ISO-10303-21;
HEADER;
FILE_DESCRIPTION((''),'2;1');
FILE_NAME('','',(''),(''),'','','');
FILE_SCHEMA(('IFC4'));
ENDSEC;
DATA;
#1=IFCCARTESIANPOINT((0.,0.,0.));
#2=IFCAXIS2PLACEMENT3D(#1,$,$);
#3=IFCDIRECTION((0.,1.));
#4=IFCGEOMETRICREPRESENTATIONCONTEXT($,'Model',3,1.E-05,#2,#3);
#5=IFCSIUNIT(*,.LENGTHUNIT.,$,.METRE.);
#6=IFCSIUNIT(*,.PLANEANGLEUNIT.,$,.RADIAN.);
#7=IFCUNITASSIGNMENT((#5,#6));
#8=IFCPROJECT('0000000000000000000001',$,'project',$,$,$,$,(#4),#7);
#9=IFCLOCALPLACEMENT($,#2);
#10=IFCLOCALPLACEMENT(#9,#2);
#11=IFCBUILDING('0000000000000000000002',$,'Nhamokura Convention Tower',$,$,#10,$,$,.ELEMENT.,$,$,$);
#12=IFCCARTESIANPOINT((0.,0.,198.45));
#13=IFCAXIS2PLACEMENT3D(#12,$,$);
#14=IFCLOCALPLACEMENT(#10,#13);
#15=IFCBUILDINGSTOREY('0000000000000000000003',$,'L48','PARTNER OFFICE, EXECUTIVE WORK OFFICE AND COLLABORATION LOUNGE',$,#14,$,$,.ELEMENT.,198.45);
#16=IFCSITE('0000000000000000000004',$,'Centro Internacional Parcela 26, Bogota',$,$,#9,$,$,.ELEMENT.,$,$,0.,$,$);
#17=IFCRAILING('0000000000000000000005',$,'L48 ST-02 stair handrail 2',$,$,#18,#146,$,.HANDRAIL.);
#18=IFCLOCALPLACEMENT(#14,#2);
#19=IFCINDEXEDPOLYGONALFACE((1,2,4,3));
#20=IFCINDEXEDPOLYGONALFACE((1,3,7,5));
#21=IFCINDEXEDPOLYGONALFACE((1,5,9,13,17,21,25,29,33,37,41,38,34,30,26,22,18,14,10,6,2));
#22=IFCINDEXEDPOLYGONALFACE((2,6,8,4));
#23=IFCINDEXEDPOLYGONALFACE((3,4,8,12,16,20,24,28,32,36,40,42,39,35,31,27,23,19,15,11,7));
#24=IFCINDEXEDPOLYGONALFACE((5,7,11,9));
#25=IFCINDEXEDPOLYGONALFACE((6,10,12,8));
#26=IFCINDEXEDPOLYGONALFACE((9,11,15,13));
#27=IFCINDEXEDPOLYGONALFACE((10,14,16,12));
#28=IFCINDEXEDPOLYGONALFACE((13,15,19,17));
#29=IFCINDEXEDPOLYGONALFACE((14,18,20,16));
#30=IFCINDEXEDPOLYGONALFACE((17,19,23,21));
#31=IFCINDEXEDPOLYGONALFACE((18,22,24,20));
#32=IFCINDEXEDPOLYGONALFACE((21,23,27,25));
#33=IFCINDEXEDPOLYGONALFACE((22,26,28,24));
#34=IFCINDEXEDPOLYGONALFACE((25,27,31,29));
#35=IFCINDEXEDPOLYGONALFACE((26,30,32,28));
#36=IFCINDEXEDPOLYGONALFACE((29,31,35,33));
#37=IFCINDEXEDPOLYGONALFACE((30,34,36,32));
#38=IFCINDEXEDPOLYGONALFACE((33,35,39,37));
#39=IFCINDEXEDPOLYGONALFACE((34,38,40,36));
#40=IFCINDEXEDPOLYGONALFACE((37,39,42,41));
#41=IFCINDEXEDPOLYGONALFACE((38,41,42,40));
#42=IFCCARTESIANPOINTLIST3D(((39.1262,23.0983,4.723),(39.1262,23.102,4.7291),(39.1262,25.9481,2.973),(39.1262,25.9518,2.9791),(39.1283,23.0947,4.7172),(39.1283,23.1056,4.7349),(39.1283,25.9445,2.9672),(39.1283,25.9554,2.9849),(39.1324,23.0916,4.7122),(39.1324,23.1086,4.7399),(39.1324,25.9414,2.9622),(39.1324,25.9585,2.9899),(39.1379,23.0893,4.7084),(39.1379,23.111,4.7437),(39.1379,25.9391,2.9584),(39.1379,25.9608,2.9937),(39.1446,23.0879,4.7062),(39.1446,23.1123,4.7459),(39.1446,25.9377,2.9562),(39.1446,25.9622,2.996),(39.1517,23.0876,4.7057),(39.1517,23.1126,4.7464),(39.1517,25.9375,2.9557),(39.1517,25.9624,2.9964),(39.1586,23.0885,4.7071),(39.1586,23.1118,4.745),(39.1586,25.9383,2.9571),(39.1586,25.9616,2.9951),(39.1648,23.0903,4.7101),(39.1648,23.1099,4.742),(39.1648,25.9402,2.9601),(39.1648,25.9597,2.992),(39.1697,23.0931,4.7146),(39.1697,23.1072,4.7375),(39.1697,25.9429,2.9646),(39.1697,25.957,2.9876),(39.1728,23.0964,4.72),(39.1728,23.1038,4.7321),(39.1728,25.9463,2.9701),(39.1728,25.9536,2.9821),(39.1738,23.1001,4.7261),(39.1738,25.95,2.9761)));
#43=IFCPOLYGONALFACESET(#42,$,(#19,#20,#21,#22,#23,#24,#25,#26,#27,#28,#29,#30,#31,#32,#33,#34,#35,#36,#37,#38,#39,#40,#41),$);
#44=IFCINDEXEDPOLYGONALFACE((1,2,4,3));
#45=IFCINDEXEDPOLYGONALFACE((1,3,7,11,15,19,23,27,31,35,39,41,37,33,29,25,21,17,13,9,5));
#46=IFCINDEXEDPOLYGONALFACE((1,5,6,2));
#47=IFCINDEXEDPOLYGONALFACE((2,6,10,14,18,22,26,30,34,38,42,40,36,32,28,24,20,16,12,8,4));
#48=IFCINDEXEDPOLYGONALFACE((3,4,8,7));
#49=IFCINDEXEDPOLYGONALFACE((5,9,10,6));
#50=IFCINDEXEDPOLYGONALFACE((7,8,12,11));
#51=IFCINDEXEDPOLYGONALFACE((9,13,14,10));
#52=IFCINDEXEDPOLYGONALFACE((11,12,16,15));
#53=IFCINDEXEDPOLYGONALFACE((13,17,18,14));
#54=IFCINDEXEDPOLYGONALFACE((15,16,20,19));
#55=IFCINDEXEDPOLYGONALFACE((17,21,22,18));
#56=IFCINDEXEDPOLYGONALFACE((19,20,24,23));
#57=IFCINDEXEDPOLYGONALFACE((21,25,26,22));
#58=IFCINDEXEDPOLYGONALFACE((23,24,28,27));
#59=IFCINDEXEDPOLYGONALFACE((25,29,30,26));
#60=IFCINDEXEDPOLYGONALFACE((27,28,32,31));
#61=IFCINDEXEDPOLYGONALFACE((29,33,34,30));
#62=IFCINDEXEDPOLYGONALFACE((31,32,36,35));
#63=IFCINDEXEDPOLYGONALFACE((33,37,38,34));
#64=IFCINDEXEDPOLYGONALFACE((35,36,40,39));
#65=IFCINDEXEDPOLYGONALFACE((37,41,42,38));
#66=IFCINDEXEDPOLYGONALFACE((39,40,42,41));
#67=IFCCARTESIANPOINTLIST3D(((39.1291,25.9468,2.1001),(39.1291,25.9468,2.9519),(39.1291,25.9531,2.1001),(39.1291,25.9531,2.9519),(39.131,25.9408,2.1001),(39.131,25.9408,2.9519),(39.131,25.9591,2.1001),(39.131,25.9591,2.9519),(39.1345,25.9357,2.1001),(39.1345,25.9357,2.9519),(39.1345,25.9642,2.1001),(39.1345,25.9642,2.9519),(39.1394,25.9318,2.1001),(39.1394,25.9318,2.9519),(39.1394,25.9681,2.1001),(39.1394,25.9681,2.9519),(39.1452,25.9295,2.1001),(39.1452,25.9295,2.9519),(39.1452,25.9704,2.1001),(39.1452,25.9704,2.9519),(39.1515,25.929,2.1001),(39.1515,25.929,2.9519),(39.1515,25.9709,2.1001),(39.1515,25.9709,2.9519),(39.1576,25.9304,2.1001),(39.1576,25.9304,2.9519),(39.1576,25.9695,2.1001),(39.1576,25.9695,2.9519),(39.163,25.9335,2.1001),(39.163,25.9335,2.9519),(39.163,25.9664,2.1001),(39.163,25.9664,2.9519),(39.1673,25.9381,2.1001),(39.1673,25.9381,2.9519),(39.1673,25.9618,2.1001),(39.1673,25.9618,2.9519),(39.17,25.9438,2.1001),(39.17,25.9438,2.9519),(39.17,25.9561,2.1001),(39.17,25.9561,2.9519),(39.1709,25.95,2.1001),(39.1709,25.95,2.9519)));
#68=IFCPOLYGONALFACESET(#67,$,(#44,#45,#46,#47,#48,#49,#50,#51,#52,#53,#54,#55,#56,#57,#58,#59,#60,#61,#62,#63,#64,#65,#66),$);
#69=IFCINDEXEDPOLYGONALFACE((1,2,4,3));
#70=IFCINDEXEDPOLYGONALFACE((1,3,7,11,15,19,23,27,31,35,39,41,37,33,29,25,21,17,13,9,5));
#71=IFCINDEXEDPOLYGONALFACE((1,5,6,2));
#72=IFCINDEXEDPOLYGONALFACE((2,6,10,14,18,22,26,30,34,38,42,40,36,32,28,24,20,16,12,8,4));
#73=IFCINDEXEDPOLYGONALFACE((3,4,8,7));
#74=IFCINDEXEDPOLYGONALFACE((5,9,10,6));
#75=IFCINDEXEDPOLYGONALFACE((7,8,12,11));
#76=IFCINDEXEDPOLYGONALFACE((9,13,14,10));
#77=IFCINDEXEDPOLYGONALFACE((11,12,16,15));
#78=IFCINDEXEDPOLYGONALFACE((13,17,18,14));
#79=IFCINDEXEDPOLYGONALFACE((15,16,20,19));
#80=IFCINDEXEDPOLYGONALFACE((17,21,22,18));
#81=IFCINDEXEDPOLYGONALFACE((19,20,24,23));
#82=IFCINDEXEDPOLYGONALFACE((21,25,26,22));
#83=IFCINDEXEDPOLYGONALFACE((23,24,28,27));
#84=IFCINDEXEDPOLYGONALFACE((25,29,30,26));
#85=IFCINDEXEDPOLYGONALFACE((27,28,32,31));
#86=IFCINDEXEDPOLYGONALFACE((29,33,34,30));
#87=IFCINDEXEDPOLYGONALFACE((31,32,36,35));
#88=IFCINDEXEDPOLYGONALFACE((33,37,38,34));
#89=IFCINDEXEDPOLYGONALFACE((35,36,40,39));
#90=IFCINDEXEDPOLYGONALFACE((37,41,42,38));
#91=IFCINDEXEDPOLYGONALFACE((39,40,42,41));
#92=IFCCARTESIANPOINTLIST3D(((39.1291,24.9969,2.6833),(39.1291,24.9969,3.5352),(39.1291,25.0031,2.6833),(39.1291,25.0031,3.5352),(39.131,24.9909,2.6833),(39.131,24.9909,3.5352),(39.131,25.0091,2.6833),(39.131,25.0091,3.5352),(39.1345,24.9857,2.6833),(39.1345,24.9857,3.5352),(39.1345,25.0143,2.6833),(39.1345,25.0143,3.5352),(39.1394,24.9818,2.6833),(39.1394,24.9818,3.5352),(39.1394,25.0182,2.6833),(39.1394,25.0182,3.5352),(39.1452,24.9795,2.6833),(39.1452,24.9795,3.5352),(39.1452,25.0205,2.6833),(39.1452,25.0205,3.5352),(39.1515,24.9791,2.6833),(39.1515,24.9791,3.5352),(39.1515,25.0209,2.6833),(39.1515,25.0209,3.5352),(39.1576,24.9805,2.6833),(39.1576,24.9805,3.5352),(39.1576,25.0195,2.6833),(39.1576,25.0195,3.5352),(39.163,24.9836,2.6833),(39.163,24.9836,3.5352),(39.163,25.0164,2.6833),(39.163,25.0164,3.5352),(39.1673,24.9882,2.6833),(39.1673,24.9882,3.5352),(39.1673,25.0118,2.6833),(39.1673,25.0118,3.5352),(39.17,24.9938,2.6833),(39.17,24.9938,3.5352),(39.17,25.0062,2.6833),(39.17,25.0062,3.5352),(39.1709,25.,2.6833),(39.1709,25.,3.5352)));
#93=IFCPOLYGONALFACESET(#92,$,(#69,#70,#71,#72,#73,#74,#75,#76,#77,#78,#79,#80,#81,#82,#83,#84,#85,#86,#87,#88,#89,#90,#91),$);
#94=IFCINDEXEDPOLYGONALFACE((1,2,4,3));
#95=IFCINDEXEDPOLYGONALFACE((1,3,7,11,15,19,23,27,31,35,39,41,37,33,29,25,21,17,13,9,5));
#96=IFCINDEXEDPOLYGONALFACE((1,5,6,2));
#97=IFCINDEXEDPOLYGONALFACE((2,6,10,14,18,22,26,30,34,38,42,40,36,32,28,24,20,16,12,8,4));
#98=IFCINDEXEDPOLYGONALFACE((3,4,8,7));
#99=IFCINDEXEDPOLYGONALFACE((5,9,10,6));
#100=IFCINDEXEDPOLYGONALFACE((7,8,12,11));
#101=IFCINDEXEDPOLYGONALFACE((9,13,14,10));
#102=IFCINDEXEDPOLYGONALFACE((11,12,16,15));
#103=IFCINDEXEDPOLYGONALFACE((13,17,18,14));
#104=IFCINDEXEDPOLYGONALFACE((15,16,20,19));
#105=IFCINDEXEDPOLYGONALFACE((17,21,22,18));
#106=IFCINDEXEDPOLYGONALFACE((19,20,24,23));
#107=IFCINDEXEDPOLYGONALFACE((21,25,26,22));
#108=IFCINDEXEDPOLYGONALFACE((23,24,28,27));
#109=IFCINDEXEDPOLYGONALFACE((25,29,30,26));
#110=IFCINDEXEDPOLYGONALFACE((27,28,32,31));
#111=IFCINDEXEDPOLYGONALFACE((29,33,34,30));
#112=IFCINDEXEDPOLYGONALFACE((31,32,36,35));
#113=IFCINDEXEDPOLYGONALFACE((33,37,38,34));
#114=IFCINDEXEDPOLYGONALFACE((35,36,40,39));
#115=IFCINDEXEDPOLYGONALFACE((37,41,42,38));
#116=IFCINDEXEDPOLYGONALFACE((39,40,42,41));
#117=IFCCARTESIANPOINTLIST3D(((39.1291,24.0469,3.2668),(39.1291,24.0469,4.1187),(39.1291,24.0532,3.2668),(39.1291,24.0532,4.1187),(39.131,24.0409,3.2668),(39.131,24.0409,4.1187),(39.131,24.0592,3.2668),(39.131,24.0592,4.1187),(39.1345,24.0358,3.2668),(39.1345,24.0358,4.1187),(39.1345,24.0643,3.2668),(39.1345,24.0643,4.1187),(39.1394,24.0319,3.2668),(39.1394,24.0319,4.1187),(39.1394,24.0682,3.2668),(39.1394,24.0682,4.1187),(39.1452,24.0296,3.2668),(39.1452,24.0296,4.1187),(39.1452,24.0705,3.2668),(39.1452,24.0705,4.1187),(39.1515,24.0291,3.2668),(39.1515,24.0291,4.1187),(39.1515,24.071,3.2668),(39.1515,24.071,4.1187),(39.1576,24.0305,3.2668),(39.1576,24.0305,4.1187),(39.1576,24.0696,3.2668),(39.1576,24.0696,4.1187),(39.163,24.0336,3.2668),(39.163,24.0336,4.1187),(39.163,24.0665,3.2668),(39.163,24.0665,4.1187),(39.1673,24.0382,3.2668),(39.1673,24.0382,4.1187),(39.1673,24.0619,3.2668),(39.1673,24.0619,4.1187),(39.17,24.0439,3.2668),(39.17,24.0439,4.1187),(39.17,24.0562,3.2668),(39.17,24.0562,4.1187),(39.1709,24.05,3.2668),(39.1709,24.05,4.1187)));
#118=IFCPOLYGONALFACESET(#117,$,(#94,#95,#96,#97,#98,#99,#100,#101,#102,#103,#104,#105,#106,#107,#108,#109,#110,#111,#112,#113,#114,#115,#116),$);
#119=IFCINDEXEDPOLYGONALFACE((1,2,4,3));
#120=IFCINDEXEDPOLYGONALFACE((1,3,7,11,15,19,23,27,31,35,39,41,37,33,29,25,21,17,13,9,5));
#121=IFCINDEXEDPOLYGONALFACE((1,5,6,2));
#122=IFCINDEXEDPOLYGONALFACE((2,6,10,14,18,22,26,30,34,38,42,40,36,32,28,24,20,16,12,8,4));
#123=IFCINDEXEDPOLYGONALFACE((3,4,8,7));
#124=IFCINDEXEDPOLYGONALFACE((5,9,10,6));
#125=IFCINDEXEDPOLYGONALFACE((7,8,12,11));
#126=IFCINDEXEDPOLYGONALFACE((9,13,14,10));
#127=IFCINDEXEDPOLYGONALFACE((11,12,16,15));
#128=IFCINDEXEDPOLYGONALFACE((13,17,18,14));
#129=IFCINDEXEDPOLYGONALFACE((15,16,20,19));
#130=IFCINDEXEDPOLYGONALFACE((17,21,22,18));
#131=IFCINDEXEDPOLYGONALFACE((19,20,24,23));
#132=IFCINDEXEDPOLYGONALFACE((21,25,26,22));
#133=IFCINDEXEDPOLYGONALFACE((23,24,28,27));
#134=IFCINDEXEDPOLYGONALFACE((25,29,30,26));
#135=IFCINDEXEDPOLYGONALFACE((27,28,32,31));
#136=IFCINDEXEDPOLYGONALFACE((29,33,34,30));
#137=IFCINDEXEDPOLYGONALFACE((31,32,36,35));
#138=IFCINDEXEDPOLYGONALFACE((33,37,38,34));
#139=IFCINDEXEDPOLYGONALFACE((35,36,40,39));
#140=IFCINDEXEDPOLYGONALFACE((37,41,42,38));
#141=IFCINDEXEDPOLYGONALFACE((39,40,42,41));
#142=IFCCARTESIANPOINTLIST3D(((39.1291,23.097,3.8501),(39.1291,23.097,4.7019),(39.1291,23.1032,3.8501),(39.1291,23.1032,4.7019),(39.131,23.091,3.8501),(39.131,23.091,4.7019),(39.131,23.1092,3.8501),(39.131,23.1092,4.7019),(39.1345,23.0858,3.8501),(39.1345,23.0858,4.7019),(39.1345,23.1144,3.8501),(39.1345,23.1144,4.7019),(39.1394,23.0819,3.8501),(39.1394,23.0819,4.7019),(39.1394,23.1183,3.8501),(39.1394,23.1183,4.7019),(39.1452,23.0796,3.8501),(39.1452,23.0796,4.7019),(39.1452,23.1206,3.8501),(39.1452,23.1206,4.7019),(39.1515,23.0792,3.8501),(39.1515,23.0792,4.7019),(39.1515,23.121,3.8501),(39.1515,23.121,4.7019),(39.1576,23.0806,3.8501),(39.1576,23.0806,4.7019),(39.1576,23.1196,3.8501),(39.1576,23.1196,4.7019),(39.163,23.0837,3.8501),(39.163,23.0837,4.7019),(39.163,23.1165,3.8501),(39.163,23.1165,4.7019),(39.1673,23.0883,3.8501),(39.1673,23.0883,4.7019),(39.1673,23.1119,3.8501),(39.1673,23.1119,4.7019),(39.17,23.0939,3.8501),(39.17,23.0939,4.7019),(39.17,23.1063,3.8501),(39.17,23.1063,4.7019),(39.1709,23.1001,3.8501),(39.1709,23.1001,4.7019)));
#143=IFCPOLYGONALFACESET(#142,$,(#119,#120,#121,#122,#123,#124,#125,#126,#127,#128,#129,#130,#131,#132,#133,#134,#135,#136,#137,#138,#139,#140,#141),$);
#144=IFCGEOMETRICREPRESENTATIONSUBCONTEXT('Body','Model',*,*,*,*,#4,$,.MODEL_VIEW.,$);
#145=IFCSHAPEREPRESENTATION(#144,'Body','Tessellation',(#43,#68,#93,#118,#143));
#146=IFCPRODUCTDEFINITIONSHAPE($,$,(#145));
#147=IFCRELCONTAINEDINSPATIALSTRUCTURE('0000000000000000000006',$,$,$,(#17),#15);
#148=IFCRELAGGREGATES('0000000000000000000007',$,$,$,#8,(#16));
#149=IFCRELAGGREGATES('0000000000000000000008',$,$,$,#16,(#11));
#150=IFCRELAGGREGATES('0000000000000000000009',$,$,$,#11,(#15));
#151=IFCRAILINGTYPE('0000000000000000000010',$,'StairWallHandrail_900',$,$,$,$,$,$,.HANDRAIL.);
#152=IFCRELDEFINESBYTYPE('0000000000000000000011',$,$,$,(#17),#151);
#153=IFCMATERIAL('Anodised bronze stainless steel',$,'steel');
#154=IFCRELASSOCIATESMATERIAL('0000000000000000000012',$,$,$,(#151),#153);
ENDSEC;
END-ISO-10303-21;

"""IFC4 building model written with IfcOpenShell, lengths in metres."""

from ifc_helpers import new_model, si_unit, direction, frame, origin, origin_2d, place, context, subcontext, project, spatial, circle, extrude, material, type_object, element, save


model = new_model("IFC4")

# Units and contexts
model_context = context("Model", 3, precision=1e-05, world=origin(), true_north=direction((0.0, 1.0)))
body_context = subcontext(model_context, "Body", "Model", "MODEL_VIEW")
ifc_project = project(units=[si_unit("LENGTHUNIT", "METRE"), si_unit("PLANEANGLEUNIT", "RADIAN")], contexts=[model_context])

# Site, building, storey
site_placement = place(None, origin())
site = spatial("IfcSite", under=ifc_project, at=site_placement, Name="Centro Internacional Parcela 26, Bogota", CompositionType="ELEMENT", RefElevation=0.0)
building_placement = place(site_placement, origin())
building = spatial("IfcBuilding", under=site, at=building_placement, Name="Nhamokura Convention Tower", CompositionType="ELEMENT")
storey_placement = place(building_placement, frame((0.0, 0.0, 198.45)))
storey = spatial("IfcBuildingStorey", under=building, at=storey_placement, Name="L48", Description="PARTNER OFFICE, EXECUTIVE WORK OFFICE AND COLLABORATION LOUNGE", CompositionType="ELEMENT", Elevation=198.45)

# Railing
ifc_material_1 = material(Name="Anodised bronze stainless steel", Category="steel")
railing_type_1 = type_object("IfcRailingType", Name="StairWallHandrail_900", PredefinedType="HANDRAIL", material=ifc_material_1)
railing_1_placement = place(storey_placement, frame((39.1499, 25.95, 2.1001)))
element("IfcRailing", 1, at=railing_1_placement, inside=storey, type_object=railing_type_1, Name="L48 ST-02 stair handrail 2", PredefinedType="HANDRAIL", context=body_context, shape_type="SweptSolid", body=[
    extrude(circle(Radius=0.0239, at=origin_2d()), frame((0.0, 0.0, 0.876), z_axis=(0.0, -0.852159, 0.523283), x_axis=(1.0, 0.0, 0.0)), (0.0, 0.0, 1.0), 3.3442),
    extrude(circle(Radius=0.021, at=origin_2d()), origin(), (0.0, 0.0, 1.0), 0.8518),
    extrude(circle(Radius=0.021, at=origin_2d()), frame((0.0, -0.95, 0.5833)), (0.0, 0.0, 1.0), 0.8518),
    extrude(circle(Radius=0.021, at=origin_2d()), frame((0.0, -1.8999, 1.1667)), (0.0, 0.0, 1.0), 0.8518),
    extrude(circle(Radius=0.021, at=origin_2d()), frame((0.0, -2.8499, 1.75)), (0.0, 0.0, 1.0), 0.8518),
])

save(model, "model.ifc")
